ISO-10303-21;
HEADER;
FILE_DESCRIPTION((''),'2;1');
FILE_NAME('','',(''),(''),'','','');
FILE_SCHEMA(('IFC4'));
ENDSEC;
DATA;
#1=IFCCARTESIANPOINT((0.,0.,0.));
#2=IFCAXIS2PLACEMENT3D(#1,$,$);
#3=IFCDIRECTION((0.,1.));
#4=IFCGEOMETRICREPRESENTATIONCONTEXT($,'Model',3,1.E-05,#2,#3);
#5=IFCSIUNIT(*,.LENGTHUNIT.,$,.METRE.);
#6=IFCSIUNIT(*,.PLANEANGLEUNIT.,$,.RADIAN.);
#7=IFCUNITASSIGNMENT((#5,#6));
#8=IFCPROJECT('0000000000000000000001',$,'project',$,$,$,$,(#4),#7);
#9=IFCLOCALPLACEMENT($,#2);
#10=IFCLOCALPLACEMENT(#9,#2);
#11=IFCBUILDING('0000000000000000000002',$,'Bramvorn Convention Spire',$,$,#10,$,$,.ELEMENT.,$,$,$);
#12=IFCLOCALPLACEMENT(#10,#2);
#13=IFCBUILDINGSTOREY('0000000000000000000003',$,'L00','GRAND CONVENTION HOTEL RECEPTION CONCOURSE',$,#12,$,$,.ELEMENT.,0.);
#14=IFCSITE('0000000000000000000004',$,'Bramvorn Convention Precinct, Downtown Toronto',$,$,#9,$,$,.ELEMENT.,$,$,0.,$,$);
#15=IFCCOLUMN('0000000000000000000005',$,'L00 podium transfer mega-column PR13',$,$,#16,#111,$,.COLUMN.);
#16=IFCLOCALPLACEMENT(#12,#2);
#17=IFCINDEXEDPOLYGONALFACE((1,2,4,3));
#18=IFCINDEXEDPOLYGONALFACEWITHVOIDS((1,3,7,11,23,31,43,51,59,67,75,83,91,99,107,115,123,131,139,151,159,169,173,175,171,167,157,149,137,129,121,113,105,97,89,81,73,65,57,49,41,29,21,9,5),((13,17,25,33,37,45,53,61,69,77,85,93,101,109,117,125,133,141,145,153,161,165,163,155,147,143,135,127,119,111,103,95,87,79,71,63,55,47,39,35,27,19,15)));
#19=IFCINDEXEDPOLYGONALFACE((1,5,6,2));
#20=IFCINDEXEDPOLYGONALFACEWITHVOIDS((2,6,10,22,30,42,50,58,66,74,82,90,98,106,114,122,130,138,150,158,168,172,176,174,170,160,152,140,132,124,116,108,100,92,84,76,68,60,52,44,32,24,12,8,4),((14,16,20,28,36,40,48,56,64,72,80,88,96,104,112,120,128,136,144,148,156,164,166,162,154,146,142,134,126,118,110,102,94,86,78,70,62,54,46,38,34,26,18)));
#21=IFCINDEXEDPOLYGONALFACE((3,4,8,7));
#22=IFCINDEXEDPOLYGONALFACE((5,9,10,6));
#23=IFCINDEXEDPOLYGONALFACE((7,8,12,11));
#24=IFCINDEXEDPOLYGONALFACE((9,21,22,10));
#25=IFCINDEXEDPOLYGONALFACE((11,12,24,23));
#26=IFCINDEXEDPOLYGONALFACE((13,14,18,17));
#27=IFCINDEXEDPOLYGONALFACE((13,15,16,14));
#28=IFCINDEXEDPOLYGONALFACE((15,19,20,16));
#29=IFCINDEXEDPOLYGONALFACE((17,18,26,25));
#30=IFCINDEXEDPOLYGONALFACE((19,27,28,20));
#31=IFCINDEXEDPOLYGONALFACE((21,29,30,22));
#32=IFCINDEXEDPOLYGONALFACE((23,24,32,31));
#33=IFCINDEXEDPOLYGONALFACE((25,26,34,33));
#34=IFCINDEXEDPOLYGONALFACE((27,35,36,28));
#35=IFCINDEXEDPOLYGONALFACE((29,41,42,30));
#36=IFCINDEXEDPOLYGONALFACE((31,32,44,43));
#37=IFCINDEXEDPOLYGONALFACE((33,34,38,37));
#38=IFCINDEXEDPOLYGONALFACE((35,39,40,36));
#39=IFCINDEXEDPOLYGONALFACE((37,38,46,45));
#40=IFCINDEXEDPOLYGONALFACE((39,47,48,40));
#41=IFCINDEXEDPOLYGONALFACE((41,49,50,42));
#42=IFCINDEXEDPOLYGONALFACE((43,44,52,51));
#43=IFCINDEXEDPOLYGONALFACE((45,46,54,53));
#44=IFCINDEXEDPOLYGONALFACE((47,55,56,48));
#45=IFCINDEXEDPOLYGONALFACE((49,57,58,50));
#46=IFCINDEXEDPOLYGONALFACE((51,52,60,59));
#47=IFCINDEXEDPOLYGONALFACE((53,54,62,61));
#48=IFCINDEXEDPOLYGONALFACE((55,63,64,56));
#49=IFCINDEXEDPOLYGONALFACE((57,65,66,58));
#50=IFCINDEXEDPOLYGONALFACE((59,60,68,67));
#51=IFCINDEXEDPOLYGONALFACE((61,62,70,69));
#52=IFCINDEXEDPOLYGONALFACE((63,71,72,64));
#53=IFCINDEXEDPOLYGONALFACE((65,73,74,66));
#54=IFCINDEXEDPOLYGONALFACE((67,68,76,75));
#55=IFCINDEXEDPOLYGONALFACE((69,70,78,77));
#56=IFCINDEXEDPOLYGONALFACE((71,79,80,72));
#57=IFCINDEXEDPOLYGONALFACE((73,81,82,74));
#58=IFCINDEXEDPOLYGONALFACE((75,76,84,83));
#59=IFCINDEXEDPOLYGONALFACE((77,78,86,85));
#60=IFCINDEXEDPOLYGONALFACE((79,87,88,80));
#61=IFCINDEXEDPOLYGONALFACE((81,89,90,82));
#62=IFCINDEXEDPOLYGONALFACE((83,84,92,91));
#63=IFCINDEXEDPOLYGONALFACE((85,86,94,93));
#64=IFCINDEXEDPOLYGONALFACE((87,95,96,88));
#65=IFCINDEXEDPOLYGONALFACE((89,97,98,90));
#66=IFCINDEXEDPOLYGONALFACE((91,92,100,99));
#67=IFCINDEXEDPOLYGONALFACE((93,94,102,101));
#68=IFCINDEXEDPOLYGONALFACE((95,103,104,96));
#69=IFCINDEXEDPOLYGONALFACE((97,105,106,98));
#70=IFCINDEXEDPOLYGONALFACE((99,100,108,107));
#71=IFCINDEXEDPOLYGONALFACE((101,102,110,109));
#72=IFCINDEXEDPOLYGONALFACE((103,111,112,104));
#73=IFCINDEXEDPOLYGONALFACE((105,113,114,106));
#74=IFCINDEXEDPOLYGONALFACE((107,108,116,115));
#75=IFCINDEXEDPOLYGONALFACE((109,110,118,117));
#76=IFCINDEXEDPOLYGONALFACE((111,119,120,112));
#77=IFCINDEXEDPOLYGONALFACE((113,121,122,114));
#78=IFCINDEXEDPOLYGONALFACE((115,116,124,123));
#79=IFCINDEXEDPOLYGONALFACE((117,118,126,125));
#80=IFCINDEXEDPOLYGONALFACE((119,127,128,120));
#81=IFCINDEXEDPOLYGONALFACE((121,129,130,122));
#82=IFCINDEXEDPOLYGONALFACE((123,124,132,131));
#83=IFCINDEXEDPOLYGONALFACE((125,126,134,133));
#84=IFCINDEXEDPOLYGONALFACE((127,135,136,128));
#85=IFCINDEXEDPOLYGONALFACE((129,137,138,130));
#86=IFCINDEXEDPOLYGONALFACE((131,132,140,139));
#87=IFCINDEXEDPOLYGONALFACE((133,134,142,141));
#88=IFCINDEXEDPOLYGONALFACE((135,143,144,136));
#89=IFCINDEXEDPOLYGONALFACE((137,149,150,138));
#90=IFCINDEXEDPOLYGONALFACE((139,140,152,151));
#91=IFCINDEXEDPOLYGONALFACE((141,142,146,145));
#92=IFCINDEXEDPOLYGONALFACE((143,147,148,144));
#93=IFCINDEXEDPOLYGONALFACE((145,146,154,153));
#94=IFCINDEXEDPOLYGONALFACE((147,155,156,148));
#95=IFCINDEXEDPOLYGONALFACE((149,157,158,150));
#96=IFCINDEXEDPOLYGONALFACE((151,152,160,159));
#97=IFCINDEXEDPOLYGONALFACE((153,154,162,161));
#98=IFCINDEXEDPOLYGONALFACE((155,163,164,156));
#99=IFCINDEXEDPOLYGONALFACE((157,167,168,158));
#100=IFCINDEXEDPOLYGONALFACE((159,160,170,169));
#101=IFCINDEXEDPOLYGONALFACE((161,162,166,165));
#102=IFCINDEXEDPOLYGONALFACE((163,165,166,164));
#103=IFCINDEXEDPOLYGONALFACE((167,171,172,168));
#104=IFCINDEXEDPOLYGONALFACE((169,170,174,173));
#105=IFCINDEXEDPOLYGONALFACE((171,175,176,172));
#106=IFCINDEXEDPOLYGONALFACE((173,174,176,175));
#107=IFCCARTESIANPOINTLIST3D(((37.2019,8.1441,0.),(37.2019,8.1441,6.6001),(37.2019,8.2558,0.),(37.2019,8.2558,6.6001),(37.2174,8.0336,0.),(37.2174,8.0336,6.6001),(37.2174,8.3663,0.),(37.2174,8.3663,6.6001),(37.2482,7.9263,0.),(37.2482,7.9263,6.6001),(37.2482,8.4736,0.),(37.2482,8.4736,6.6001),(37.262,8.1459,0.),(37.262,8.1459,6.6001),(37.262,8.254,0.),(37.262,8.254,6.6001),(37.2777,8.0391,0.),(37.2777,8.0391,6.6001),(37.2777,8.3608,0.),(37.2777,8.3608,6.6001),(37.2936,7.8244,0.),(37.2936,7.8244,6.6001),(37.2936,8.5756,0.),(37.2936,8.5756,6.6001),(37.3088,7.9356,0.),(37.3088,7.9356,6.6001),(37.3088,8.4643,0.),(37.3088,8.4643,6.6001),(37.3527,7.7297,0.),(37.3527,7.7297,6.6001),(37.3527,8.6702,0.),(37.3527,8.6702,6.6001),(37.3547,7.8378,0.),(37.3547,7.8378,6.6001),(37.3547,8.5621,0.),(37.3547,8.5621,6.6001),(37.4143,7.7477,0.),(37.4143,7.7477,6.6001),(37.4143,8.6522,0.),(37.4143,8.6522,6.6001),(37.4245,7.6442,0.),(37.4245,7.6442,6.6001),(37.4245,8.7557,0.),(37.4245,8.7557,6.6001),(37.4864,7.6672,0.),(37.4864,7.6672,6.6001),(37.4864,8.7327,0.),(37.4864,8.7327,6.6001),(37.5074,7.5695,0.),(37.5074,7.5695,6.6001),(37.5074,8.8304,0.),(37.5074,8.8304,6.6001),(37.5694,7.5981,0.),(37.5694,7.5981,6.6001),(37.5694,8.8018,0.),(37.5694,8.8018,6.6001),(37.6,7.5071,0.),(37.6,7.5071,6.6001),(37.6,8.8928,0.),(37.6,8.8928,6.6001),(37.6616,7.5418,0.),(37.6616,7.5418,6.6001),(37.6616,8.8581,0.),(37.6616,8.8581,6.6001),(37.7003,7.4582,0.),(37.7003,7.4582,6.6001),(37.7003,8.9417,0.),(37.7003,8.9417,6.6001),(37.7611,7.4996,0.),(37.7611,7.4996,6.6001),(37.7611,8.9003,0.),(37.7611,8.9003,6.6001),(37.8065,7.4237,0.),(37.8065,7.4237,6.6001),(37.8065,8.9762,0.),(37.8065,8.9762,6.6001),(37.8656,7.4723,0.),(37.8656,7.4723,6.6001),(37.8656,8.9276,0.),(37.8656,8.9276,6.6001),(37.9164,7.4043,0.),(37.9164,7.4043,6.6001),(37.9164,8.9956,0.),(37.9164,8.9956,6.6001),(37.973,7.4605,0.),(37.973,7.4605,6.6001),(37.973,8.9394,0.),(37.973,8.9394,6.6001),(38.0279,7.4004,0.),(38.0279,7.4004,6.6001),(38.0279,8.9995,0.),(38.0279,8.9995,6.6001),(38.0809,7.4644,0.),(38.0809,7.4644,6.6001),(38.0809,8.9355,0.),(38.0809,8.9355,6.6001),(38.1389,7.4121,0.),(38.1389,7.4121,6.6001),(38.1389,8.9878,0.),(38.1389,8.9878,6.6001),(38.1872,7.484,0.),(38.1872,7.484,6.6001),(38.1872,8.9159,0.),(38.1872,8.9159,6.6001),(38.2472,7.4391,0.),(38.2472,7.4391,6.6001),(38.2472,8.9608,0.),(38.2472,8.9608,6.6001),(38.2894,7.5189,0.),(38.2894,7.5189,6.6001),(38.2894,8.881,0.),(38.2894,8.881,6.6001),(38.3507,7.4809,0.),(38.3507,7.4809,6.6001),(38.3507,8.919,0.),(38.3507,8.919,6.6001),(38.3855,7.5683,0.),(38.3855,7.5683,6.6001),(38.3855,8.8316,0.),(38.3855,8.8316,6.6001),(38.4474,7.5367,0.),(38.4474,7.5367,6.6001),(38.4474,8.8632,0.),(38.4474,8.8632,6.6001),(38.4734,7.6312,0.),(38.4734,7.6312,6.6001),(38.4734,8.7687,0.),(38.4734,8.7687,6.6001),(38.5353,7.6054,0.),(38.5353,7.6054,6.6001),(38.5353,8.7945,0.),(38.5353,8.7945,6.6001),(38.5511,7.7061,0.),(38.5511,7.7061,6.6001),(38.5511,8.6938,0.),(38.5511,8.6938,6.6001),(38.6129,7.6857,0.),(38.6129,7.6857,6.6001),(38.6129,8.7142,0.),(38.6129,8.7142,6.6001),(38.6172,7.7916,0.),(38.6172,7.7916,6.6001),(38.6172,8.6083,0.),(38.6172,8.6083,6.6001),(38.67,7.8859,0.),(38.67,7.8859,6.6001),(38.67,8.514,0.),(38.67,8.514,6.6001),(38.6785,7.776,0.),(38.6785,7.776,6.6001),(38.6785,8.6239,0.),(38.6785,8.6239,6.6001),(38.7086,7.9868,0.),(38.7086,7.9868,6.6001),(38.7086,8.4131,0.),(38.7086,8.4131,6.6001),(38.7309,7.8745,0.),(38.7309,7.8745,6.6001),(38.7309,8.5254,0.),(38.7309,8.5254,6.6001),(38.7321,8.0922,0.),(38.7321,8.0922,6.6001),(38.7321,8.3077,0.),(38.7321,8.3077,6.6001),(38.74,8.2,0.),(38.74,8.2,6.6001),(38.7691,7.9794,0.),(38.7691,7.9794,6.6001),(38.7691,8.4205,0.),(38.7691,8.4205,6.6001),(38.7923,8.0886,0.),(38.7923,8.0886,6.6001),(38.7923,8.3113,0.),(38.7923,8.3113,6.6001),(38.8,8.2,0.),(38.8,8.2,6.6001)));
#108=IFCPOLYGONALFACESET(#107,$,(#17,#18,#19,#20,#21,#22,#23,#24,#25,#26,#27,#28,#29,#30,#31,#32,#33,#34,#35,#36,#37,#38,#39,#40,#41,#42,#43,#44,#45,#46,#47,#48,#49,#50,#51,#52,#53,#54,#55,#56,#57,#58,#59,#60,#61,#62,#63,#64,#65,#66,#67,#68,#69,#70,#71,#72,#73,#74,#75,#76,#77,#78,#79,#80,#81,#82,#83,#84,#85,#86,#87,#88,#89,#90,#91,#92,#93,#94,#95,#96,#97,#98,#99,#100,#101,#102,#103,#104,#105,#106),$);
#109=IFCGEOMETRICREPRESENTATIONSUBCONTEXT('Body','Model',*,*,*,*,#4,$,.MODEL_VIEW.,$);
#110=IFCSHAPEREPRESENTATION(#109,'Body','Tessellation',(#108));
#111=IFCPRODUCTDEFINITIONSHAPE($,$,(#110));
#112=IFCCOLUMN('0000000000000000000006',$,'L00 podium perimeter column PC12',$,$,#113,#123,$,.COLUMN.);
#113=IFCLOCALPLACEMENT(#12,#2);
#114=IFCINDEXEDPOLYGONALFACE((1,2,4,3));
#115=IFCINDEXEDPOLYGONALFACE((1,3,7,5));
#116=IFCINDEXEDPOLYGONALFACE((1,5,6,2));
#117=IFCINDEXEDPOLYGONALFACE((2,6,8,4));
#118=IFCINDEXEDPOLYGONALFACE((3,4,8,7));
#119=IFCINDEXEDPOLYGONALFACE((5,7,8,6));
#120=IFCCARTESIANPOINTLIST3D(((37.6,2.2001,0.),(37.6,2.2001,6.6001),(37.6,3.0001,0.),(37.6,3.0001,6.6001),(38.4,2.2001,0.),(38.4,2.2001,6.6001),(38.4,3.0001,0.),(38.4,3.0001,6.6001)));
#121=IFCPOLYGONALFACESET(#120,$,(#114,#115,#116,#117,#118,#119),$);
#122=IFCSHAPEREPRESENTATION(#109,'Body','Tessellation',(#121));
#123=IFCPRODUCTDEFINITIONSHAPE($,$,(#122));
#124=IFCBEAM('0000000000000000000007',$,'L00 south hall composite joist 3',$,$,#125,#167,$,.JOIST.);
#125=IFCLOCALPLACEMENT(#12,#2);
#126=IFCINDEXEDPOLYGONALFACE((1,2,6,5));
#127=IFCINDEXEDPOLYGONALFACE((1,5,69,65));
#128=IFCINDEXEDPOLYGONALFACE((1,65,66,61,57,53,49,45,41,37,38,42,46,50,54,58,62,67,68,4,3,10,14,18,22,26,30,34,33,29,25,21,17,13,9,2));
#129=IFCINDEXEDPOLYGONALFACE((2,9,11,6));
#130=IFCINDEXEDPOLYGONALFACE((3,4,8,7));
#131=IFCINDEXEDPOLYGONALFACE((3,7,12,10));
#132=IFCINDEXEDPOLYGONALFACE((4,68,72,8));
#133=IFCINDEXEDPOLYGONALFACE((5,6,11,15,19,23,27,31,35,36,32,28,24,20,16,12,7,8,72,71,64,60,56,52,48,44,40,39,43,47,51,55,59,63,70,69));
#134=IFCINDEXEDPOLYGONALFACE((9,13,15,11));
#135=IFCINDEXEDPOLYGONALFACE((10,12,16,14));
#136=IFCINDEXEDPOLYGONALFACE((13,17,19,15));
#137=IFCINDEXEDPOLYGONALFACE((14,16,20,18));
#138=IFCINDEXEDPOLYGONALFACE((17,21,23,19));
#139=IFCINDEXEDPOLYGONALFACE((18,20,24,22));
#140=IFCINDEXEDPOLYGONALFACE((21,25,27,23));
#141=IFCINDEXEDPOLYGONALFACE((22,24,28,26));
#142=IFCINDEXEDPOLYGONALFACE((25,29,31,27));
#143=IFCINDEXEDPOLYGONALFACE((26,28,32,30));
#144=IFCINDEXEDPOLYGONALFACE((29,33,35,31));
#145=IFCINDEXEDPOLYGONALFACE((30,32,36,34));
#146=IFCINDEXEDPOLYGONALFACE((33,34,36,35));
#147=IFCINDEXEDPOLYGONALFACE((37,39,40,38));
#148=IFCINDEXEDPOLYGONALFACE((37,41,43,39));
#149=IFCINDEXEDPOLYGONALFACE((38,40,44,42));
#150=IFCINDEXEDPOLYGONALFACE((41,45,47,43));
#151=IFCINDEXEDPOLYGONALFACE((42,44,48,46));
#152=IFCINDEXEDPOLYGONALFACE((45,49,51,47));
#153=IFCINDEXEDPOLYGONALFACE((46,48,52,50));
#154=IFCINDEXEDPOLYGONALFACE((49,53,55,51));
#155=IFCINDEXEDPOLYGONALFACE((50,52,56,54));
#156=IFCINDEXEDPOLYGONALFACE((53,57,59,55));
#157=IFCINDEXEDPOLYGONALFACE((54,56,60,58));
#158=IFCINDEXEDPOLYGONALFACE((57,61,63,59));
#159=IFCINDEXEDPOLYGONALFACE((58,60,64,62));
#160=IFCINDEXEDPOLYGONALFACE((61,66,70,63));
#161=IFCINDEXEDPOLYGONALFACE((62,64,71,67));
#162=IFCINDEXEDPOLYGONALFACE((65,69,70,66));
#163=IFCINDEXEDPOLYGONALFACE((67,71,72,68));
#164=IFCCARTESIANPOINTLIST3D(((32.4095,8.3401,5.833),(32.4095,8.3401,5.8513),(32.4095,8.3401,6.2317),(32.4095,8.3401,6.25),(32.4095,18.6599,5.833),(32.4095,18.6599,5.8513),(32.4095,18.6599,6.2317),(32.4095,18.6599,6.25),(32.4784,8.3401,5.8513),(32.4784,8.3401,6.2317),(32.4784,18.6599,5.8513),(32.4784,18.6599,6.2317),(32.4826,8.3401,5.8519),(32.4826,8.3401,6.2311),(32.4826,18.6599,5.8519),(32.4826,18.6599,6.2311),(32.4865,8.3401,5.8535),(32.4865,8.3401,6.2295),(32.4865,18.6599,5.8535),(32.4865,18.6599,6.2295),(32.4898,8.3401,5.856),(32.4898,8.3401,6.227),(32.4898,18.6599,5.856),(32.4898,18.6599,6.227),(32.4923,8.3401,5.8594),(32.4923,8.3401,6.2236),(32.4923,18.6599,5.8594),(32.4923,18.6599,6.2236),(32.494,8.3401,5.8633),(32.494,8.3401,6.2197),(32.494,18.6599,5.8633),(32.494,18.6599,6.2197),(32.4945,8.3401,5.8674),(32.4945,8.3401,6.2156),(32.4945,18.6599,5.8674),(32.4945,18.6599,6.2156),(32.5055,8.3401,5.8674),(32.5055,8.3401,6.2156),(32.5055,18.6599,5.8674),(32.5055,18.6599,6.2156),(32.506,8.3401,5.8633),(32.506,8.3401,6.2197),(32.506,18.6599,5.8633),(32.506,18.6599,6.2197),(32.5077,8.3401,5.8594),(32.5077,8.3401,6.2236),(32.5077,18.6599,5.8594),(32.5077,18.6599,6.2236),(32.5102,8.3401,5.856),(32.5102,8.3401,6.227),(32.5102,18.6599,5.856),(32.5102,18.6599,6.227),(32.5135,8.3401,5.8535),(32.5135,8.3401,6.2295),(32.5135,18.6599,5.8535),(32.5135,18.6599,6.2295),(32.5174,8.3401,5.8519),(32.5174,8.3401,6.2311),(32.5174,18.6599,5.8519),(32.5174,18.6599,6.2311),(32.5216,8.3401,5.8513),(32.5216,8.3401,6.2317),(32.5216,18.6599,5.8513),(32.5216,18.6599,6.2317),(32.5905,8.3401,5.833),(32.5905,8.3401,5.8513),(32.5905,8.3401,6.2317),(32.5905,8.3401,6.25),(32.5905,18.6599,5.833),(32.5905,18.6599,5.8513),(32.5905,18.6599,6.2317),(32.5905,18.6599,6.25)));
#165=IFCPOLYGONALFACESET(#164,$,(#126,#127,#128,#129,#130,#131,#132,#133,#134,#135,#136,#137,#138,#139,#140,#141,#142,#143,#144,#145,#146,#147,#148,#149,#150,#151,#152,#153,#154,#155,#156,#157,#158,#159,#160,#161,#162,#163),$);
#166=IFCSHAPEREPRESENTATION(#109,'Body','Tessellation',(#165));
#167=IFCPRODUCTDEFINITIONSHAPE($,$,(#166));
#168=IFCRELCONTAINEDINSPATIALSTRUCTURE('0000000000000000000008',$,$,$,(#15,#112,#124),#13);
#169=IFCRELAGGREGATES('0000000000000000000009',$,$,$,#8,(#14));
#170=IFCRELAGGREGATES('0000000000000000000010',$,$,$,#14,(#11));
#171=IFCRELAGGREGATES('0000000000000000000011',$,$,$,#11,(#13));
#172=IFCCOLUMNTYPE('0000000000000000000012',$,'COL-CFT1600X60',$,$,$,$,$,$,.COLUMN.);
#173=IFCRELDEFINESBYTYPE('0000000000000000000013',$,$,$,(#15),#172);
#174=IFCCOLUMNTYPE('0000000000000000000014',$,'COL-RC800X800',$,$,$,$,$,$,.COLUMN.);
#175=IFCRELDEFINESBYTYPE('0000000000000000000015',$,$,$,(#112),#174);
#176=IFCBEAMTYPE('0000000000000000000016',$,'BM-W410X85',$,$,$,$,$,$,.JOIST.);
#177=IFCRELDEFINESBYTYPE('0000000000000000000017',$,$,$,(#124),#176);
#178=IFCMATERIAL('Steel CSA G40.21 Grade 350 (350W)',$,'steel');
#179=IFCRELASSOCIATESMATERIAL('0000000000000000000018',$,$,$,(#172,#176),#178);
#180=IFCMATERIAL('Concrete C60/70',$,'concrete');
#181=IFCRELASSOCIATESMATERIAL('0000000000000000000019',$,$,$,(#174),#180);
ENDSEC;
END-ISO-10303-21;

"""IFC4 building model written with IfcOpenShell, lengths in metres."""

from ifc_helpers import new_model, si_unit, direction, frame, origin, origin_2d, place, context, subcontext, project, spatial, rectangle, hollow_circle, i_section, extrude, material, material_profile, profile_set, type_object, element, save


model = new_model("IFC4")

# Units and contexts
model_context = context("Model", 3, precision=1e-05, world=origin(), true_north=direction((0.0, 1.0)))
body_context = subcontext(model_context, "Body", "Model", "MODEL_VIEW")
ifc_project = project(units=[si_unit("LENGTHUNIT", "METRE"), si_unit("PLANEANGLEUNIT", "RADIAN")], contexts=[model_context])

# Site, building, storey
site_placement = place(None, origin())
site = spatial("IfcSite", under=ifc_project, at=site_placement, Name="Bramvorn Convention Precinct, Downtown Toronto", CompositionType="ELEMENT", RefElevation=0.0)
building_placement = place(site_placement, origin())
building = spatial("IfcBuilding", under=site, at=building_placement, Name="Bramvorn Convention Spire", CompositionType="ELEMENT")
storey_placement = place(building_placement, origin())
storey = spatial("IfcBuildingStorey", under=building, at=storey_placement, Name="L00", Description="GRAND CONVENTION HOTEL RECEPTION CONCOURSE", CompositionType="ELEMENT", Elevation=0.0)

# Columns
ifc_material_1 = material(Name="Steel CSA G40.21 Grade 350 (350W)", Category="steel")
ifc_material_profile_1 = material_profile(ifc_material_1, hollow_circle(Radius=0.8, WallThickness=0.0601, at=origin_2d()))
ifc_profile_set_1 = profile_set([ifc_material_profile_1], Name="Steel CSA G40.21 Grade 350 (350W) - CFT1600X60")
column_type_1 = type_object("IfcColumnType", Name="COL-CFT1600X60", PredefinedType="COLUMN", material=ifc_profile_set_1)
column_1_placement = place(storey_placement, frame((38.0, 8.2, 0.0), z_axis=(0.0, 0.0, 1.0), x_axis=(1.0, 0.0, 0.0)))
element("IfcColumn", 1, at=column_1_placement, inside=storey, type_object=column_type_1, Name="L00 podium transfer mega-column PR13", PredefinedType="COLUMN", context=body_context, shape_type="SweptSolid", body=[
    extrude(hollow_circle(Radius=0.8, WallThickness=0.0601, at=origin_2d()), origin(), (0.0, 0.0, 1.0), 6.6001),
])
ifc_material_2 = material(Name="Concrete C60/70", Category="concrete")
ifc_material_profile_2 = material_profile(ifc_material_2, rectangle(XDim=0.8, YDim=0.8, at=origin_2d()))
ifc_profile_set_2 = profile_set([ifc_material_profile_2], Name="Concrete C60/70 - RC800X800")
column_type_2 = type_object("IfcColumnType", Name="COL-RC800X800", PredefinedType="COLUMN", material=ifc_profile_set_2)
column_2_placement = place(storey_placement, frame((38.0, 2.6001, 0.0), z_axis=(0.0, 0.0, 1.0), x_axis=(1.0, 0.0, 0.0)))
element("IfcColumn", 2, at=column_2_placement, inside=storey, type_object=column_type_2, Name="L00 podium perimeter column PC12", PredefinedType="COLUMN", context=body_context, shape_type="SweptSolid", body=[
    extrude(rectangle(XDim=0.8, YDim=0.8, at=origin_2d()), origin(), (0.0, 0.0, 1.0), 6.6001),
])

# Beam
ifc_material_profile_3 = material_profile(ifc_material_1, i_section(OverallWidth=0.1809, OverallDepth=0.417, WebThickness=0.011, FlangeThickness=0.0183, FilletRadius=0.0161, at=origin_2d()))
ifc_profile_set_3 = profile_set([ifc_material_profile_3], Name="Steel CSA G40.21 Grade 350 (350W) - W410X85")
beam_type_1 = type_object("IfcBeamType", Name="BM-W410X85", PredefinedType="JOIST", material=ifc_profile_set_3)
for number, where, z_axis, x_axis, name in (
    (3, (32.5, 8.3401, 6.0415), (0.0, 1.0, 0.0), (-1.0, 0.0, 0.0), "L00 south hall composite joist 3"),
):
    element("IfcBeam", number, at=place(storey_placement, frame(where, z_axis=z_axis, x_axis=x_axis)), inside=storey, type_object=beam_type_1, Name=name, PredefinedType="JOIST", context=body_context, shape_type="SweptSolid", body=[
        extrude(i_section(OverallWidth=0.1809, OverallDepth=0.417, WebThickness=0.011, FlangeThickness=0.0183, FilletRadius=0.0161, at=origin_2d()), origin(), (0.0, 0.0, 1.0), 10.3198),
    ])

save(model, "model.ifc")
